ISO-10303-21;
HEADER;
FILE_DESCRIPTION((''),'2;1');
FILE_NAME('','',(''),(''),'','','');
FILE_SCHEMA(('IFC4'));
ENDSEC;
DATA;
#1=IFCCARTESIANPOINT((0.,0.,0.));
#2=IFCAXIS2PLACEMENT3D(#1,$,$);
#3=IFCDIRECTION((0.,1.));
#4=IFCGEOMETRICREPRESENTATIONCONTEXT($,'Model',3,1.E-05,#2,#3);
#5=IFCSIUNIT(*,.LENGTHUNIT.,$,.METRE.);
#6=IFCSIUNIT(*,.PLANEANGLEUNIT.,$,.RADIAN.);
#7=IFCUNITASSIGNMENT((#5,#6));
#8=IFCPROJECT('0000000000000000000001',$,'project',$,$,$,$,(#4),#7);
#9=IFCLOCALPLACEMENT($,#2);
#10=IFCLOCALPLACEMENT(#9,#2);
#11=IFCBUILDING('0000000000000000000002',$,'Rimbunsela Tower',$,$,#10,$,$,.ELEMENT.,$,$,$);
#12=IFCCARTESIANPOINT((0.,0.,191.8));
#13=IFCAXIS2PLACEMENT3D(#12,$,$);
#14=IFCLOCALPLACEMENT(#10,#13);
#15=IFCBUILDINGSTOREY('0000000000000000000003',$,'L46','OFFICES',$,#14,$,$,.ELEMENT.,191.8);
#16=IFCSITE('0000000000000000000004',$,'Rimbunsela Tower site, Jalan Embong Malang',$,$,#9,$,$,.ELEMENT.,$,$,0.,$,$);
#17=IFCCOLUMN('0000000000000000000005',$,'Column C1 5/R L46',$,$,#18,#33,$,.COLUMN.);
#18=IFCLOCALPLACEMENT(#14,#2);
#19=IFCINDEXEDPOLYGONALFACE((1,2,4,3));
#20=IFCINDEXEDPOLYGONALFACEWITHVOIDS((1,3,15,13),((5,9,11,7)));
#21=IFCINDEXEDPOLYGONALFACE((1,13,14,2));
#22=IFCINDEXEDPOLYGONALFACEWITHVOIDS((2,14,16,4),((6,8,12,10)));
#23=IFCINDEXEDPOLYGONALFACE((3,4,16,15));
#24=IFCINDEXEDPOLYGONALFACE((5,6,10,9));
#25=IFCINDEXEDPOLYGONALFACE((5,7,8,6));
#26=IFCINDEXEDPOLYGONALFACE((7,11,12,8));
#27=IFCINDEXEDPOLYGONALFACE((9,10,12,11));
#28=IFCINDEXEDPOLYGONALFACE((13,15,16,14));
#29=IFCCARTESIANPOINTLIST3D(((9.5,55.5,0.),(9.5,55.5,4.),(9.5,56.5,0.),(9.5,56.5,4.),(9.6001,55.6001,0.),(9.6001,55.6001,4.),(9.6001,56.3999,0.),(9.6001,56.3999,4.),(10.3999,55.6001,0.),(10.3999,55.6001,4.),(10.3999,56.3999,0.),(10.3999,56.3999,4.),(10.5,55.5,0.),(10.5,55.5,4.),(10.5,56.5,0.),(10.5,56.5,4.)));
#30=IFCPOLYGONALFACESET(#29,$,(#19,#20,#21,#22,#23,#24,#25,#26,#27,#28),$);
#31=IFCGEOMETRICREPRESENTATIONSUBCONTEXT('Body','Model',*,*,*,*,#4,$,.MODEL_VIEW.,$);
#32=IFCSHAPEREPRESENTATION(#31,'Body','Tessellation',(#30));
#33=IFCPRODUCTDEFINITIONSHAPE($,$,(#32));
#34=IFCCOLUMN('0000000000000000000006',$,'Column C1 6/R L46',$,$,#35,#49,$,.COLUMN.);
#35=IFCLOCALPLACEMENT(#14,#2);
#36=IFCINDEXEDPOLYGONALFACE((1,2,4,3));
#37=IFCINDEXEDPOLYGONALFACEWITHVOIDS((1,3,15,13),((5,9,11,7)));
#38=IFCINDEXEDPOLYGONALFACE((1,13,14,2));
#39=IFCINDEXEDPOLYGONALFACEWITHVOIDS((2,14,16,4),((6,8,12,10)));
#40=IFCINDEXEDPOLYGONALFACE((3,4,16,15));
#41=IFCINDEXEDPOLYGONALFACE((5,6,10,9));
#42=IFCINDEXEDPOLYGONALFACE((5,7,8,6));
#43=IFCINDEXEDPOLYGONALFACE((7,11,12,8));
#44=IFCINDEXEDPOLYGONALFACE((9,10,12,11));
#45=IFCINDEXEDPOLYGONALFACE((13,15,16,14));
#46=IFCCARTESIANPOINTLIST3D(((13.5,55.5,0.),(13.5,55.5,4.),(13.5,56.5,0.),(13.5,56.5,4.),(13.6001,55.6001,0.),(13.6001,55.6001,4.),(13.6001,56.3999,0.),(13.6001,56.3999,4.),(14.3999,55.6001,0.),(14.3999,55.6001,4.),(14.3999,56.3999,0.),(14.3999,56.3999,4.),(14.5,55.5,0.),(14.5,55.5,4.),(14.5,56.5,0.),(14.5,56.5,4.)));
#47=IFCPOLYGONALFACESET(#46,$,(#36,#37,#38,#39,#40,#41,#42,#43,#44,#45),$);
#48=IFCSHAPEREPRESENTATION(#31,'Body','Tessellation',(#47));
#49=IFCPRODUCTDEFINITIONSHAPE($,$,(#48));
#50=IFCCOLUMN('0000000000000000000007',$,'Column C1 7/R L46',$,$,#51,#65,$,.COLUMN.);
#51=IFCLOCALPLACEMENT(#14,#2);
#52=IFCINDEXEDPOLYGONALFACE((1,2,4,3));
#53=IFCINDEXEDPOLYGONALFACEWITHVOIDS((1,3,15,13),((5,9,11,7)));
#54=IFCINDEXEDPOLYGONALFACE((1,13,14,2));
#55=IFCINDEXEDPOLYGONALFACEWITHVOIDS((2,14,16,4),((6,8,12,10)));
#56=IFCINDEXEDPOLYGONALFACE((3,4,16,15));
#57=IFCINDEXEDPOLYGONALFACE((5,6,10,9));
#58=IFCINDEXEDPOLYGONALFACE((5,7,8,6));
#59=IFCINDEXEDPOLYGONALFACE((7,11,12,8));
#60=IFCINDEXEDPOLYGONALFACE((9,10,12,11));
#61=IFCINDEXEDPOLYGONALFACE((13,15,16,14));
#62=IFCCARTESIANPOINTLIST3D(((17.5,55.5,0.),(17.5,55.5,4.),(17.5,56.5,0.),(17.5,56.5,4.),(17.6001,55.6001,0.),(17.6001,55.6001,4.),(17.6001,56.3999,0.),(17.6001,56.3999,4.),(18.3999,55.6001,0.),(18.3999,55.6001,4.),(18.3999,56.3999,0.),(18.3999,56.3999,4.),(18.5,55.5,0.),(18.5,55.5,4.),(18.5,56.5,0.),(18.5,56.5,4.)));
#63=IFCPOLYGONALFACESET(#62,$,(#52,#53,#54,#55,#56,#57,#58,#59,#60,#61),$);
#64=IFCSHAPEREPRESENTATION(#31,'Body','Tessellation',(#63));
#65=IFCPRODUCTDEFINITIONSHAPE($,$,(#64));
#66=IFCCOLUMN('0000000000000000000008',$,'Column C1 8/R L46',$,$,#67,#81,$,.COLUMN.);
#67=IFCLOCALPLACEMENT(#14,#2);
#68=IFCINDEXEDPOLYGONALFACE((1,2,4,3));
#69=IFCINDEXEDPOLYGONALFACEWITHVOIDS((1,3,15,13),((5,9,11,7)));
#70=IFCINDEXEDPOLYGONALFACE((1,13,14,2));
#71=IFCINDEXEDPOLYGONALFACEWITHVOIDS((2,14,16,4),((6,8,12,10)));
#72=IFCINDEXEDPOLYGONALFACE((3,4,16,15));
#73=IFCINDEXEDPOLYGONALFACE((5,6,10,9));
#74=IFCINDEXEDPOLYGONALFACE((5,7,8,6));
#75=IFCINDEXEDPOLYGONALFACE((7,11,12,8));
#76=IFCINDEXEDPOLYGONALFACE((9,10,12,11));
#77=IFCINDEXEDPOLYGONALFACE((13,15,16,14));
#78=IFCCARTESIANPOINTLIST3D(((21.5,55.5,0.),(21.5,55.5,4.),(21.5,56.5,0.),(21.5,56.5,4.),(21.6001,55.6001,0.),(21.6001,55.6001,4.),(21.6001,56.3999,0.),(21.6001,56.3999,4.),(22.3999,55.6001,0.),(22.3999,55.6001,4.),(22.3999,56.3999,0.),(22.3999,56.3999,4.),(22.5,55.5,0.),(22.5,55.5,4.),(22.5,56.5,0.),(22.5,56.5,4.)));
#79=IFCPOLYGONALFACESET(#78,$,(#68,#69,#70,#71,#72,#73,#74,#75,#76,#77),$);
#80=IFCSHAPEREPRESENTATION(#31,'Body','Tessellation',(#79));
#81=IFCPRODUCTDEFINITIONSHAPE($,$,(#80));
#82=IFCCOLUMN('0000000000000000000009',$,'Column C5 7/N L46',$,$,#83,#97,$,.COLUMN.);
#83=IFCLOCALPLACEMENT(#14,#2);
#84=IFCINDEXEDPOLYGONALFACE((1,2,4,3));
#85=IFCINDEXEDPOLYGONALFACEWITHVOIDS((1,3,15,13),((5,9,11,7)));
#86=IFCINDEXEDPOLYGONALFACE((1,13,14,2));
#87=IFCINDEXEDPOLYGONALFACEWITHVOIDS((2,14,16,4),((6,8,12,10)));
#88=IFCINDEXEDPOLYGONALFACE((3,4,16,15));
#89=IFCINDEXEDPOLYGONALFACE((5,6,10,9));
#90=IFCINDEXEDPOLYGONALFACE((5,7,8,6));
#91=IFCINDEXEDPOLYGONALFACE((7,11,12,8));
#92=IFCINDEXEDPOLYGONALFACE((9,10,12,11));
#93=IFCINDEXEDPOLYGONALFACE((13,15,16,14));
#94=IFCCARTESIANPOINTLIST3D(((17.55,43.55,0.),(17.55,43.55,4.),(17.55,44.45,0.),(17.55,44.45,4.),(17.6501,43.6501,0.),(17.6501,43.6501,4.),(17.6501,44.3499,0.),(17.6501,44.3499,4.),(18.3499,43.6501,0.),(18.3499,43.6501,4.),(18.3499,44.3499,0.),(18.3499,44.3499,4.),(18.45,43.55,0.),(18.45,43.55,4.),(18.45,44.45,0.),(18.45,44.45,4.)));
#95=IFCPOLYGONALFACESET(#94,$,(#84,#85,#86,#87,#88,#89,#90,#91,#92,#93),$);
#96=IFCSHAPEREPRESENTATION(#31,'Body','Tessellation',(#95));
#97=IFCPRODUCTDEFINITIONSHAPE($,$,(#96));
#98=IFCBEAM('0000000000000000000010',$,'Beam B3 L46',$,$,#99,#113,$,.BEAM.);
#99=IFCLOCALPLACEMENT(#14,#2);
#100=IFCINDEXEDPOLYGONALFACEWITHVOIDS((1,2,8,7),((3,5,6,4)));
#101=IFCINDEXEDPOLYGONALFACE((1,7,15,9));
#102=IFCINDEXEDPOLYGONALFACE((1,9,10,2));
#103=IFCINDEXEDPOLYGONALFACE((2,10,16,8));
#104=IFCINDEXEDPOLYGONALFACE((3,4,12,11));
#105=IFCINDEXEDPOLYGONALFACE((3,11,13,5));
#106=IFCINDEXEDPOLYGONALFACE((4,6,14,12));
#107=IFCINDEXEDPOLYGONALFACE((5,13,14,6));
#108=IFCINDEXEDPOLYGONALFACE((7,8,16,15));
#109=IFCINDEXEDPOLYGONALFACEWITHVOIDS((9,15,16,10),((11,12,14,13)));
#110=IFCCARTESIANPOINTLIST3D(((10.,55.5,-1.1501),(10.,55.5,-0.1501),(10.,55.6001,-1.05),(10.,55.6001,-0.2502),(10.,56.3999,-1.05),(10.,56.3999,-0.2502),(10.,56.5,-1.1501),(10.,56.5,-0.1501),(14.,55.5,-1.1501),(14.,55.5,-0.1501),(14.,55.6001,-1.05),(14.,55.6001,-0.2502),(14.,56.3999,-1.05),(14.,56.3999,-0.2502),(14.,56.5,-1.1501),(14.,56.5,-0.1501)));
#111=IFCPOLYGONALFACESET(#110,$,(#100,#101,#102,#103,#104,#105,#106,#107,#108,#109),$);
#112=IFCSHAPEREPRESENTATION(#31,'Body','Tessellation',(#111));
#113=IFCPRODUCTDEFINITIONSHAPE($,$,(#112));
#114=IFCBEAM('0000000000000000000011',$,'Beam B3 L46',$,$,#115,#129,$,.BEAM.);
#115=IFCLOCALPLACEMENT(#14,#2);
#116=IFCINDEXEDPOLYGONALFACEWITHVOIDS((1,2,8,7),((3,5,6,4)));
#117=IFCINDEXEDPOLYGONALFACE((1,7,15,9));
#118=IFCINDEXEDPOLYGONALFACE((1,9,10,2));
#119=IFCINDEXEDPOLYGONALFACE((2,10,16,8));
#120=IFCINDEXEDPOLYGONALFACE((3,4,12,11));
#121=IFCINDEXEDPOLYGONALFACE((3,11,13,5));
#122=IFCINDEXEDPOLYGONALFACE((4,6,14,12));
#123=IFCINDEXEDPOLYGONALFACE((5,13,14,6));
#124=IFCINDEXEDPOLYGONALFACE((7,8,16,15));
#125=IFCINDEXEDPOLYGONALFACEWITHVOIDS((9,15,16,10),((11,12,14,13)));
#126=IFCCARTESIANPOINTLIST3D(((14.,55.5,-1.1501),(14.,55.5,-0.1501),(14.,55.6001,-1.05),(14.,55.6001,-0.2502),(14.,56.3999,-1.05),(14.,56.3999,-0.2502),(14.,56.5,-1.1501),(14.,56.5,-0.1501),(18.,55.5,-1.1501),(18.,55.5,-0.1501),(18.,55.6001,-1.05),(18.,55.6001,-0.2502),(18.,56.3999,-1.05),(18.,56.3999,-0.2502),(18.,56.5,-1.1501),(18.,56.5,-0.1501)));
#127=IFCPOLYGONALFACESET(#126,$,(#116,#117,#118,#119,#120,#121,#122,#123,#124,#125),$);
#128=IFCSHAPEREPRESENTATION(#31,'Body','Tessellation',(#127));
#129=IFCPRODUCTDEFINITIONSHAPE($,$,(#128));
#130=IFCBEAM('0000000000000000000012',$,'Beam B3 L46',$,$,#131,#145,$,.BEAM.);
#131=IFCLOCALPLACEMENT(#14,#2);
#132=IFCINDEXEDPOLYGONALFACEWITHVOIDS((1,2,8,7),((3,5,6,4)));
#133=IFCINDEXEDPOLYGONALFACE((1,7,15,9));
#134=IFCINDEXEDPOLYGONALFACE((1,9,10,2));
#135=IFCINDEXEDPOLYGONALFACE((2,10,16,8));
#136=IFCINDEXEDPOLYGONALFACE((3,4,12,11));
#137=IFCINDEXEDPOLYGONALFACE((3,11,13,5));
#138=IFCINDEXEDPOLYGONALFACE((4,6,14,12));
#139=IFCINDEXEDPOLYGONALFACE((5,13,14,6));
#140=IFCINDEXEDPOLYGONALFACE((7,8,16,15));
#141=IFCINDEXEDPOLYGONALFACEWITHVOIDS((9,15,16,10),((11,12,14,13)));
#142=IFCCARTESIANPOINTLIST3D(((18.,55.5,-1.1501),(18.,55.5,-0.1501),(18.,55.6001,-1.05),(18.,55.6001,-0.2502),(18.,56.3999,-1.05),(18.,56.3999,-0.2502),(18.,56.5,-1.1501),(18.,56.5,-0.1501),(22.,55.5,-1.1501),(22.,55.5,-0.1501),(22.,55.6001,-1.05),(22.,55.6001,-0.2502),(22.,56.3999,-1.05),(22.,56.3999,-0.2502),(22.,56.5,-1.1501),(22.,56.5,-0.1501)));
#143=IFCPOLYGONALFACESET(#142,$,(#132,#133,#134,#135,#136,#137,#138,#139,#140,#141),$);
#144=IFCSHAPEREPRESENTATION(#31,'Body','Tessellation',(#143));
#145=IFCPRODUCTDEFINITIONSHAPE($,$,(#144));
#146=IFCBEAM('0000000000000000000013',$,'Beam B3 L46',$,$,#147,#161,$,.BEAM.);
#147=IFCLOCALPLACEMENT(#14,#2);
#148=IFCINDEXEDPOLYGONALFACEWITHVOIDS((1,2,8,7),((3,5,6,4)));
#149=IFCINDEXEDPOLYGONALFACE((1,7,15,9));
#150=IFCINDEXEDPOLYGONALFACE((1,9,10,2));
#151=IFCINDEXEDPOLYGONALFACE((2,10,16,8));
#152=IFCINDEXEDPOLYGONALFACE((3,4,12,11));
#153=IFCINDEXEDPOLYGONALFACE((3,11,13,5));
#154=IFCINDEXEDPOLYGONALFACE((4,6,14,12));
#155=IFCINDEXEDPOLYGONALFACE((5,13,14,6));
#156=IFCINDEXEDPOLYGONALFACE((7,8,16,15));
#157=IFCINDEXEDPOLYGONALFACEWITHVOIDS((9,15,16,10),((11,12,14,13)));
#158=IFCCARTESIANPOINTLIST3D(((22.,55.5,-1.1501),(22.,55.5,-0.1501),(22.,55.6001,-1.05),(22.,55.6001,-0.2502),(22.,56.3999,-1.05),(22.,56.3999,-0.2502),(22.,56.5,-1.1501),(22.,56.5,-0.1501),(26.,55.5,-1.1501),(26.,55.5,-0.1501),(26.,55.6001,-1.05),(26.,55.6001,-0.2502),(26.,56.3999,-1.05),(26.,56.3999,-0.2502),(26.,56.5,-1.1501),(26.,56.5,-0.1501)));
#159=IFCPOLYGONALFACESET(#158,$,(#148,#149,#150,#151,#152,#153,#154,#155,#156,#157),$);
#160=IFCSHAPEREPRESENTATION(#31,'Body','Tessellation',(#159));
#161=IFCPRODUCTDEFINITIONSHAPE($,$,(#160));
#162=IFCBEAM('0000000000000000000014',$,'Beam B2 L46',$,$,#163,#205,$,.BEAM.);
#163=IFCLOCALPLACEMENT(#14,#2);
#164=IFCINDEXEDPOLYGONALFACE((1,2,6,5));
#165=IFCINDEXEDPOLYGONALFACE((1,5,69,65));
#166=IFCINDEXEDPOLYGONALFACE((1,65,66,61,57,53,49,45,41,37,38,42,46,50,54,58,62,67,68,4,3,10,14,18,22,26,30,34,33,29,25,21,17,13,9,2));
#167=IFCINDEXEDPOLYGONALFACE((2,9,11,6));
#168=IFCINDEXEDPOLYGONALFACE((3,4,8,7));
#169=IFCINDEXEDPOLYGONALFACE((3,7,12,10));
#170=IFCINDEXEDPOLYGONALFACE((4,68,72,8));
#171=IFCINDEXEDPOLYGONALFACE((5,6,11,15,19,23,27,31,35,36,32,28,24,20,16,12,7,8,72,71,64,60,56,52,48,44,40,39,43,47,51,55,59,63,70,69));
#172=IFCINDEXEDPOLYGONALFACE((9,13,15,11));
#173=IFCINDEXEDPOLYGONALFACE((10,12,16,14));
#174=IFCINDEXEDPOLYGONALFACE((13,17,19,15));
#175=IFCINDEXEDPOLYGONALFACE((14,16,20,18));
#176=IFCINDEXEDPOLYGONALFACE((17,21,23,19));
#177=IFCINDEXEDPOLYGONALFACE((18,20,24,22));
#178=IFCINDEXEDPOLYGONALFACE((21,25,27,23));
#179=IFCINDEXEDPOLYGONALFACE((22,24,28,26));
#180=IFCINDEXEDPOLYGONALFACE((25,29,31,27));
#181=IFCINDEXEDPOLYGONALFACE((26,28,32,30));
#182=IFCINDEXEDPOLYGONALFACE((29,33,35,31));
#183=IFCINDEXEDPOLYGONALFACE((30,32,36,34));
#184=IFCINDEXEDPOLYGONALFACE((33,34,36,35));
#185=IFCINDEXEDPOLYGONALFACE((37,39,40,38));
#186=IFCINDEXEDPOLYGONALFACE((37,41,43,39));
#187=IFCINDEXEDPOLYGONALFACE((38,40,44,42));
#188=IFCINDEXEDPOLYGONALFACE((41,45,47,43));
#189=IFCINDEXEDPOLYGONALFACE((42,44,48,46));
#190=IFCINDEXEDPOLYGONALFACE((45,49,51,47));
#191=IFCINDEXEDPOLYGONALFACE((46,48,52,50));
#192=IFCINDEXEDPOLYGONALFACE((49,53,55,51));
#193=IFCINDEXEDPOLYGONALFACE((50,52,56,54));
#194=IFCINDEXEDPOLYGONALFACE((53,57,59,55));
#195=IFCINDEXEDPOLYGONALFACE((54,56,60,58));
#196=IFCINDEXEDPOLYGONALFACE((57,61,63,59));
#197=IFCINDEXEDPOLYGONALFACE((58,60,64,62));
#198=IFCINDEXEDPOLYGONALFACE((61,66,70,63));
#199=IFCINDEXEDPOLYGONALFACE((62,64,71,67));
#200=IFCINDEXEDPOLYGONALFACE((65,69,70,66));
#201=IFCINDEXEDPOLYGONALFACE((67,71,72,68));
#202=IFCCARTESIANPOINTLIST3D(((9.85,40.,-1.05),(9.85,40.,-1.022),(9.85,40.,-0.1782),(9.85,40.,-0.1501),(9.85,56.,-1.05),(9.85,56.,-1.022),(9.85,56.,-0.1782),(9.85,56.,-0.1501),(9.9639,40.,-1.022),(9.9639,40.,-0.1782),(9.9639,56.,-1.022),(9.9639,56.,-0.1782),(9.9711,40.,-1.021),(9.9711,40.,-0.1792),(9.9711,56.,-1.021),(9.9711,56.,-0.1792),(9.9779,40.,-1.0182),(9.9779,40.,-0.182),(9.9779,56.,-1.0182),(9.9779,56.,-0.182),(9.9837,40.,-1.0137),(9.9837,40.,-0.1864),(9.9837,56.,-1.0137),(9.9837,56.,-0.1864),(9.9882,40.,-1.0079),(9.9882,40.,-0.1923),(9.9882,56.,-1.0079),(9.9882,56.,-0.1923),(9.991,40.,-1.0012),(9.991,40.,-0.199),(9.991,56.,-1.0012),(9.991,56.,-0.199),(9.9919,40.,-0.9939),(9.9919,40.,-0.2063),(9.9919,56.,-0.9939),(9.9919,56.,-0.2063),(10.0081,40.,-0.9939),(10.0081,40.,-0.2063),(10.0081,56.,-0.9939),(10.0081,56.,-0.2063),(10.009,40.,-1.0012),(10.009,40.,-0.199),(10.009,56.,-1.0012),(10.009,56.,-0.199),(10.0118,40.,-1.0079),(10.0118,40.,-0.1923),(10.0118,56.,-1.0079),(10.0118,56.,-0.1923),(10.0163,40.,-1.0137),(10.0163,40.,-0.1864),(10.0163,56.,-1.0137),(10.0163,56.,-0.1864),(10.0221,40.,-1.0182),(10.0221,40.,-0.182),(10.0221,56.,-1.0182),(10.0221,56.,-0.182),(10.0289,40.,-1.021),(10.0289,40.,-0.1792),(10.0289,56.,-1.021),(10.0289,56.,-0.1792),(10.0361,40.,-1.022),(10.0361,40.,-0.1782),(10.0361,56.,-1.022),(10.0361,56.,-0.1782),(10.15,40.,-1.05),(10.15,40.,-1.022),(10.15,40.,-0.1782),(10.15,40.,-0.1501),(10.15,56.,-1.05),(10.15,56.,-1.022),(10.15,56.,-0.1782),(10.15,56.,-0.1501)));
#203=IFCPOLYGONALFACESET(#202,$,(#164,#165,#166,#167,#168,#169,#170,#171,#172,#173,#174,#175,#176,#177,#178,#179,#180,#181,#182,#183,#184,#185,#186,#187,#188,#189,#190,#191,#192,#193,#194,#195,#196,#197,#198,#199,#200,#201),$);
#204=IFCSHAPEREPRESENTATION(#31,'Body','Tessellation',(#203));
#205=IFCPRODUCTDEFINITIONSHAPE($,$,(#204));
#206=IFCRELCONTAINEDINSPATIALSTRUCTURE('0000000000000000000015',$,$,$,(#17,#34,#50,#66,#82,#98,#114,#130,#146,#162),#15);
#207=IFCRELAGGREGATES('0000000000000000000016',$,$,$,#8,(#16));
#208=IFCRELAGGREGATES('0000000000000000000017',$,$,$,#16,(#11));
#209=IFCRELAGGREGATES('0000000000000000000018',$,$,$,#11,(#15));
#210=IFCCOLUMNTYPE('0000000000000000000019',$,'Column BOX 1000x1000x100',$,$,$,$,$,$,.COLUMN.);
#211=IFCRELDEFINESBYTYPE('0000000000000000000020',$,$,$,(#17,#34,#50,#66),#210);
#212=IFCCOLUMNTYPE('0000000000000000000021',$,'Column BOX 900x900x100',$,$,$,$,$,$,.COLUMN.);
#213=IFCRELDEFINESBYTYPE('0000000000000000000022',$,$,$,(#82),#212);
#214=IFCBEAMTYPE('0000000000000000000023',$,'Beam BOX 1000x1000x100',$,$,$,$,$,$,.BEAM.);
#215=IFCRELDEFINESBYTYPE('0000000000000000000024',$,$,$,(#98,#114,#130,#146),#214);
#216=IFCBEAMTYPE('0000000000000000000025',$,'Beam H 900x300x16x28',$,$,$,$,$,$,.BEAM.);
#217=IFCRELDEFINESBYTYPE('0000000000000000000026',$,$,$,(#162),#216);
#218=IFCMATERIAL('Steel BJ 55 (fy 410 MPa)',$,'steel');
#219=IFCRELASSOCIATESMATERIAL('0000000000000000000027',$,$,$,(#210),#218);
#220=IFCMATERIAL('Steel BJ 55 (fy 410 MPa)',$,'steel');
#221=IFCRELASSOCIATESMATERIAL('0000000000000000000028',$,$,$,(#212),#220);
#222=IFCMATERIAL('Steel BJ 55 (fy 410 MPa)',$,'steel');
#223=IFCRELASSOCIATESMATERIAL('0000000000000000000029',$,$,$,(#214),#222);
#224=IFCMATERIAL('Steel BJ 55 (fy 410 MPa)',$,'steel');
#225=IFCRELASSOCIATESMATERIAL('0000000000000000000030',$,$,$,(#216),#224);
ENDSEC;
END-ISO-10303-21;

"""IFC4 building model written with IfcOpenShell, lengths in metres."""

from ifc_helpers import new_model, si_unit, direction, frame, origin, origin_2d, place, context, subcontext, project, spatial, hollow_rectangle, i_section, extrude, material, material_profile, profile_set, type_object, element, save


model = new_model("IFC4")

# Units and contexts
model_context = context("Model", 3, precision=1e-05, world=origin(), true_north=direction((0.0, 1.0)))
body_context = subcontext(model_context, "Body", "Model", "MODEL_VIEW")
ifc_project = project(units=[si_unit("LENGTHUNIT", "METRE"), si_unit("PLANEANGLEUNIT", "RADIAN")], contexts=[model_context])

# Site, building, storey
site_placement = place(None, origin())
site = spatial("IfcSite", under=ifc_project, at=site_placement, Name="Rimbunsela Tower site, Jalan Embong Malang", CompositionType="ELEMENT", RefElevation=0.0)
building_placement = place(site_placement, origin())
building = spatial("IfcBuilding", under=site, at=building_placement, Name="Rimbunsela Tower", CompositionType="ELEMENT")
storey_placement = place(building_placement, frame((0.0, 0.0, 191.8)))
storey = spatial("IfcBuildingStorey", under=building, at=storey_placement, Name="L46", Description="OFFICES", CompositionType="ELEMENT", Elevation=191.8)

# Columns
ifc_material_1 = material(Name="Steel BJ 55 (fy 410 MPa)", Category="steel")
ifc_material_profile_1 = material_profile(ifc_material_1, hollow_rectangle(XDim=1.0, YDim=1.0, WallThickness=0.1001, at=origin_2d()), Name="BOX 1000x1000x100")
ifc_profile_set_1 = profile_set([ifc_material_profile_1], Name="Steel BJ 55 (fy 410 MPa)")
column_type_1 = type_object("IfcColumnType", Name="Column BOX 1000x1000x100", PredefinedType="COLUMN", material=ifc_profile_set_1)
for number, where, z_axis, x_axis, name in (
    (1, (10.0, 56.0, 0.0), (0.0, 0.0, 1.0), (1.0, 0.0, 0.0), "Column C1 5/R L46"),
    (2, (14.0, 56.0, 0.0), (0.0, 0.0, 1.0), (1.0, 0.0, 0.0), "Column C1 6/R L46"),
    (3, (18.0, 56.0, 0.0), (0.0, 0.0, 1.0), (1.0, 0.0, 0.0), "Column C1 7/R L46"),
    (4, (22.0, 56.0, 0.0), (0.0, 0.0, 1.0), (1.0, 0.0, 0.0), "Column C1 8/R L46"),
):
    element("IfcColumn", number, at=place(storey_placement, frame(where, z_axis=z_axis, x_axis=x_axis)), inside=storey, type_object=column_type_1, Name=name, PredefinedType="COLUMN", context=body_context, shape_type="SweptSolid", body=[
        extrude(hollow_rectangle(XDim=1.0, YDim=1.0, WallThickness=0.1001, at=origin_2d()), origin(), (0.0, 0.0, 1.0), 4.0),
    ])
ifc_material_2 = material(Name="Steel BJ 55 (fy 410 MPa)", Category="steel")
ifc_material_profile_2 = material_profile(ifc_material_2, hollow_rectangle(XDim=0.8999, YDim=0.8999, WallThickness=0.1001, at=origin_2d()), Name="BOX 900x900x100")
ifc_profile_set_2 = profile_set([ifc_material_profile_2], Name="Steel BJ 55 (fy 410 MPa)")
column_type_2 = type_object("IfcColumnType", Name="Column BOX 900x900x100", PredefinedType="COLUMN", material=ifc_profile_set_2)
column_placement = place(storey_placement, frame((18.0, 44.0, 0.0), z_axis=(0.0, 0.0, 1.0), x_axis=(1.0, 0.0, 0.0)))
element("IfcColumn", 5, at=column_placement, inside=storey, type_object=column_type_2, Name="Column C5 7/N L46", PredefinedType="COLUMN", context=body_context, shape_type="SweptSolid", body=[
    extrude(hollow_rectangle(XDim=0.8999, YDim=0.8999, WallThickness=0.1001, at=origin_2d()), origin(), (0.0, 0.0, 1.0), 4.0),
])

# Beams
ifc_material_3 = material(Name="Steel BJ 55 (fy 410 MPa)", Category="steel")
ifc_material_profile_3 = material_profile(ifc_material_3, hollow_rectangle(XDim=1.0, YDim=1.0, WallThickness=0.1001, at=origin_2d()), Name="BOX 1000x1000x100")
ifc_profile_set_3 = profile_set([ifc_material_profile_3], Name="Steel BJ 55 (fy 410 MPa)")
beam_type_1 = type_object("IfcBeamType", Name="Beam BOX 1000x1000x100", PredefinedType="BEAM", material=ifc_profile_set_3)
for number, where, z_axis, x_axis, name in (
    (6, (10.0, 56.0, -0.6501), (1.0, 0.0, 0.0), (0.0, 1.0, 0.0), "Beam B3 L46"),
    (7, (14.0, 56.0, -0.6501), (1.0, 0.0, 0.0), (0.0, 1.0, 0.0), "Beam B3 L46"),
    (8, (18.0, 56.0, -0.6501), (1.0, 0.0, 0.0), (0.0, 1.0, 0.0), "Beam B3 L46"),
    (9, (22.0, 56.0, -0.6501), (1.0, 0.0, 0.0), (0.0, 1.0, 0.0), "Beam B3 L46"),
):
    element("IfcBeam", number, at=place(storey_placement, frame(where, z_axis=z_axis, x_axis=x_axis)), inside=storey, type_object=beam_type_1, Name=name, PredefinedType="BEAM", context=body_context, shape_type="SweptSolid", body=[
        extrude(hollow_rectangle(XDim=1.0, YDim=1.0, WallThickness=0.1001, at=origin_2d()), origin(), (0.0, 0.0, 1.0), 4.0),
    ])
ifc_material_4 = material(Name="Steel BJ 55 (fy 410 MPa)", Category="steel")
ifc_material_profile_4 = material_profile(ifc_material_4, i_section(OverallWidth=0.3, OverallDepth=0.8999, WebThickness=0.0161, FlangeThickness=0.0281, FilletRadius=0.0281, at=origin_2d()), Name="H 900x300x16x28")
ifc_profile_set_4 = profile_set([ifc_material_profile_4], Name="Steel BJ 55 (fy 410 MPa)")
beam_type_2 = type_object("IfcBeamType", Name="Beam H 900x300x16x28", PredefinedType="BEAM", material=ifc_profile_set_4)
beam_1_placement = place(storey_placement, frame((10.0, 40.0, -0.6001), z_axis=(0.0, 1.0, 0.0), x_axis=(-1.0, 0.0, 0.0)))
element("IfcBeam", 10, at=beam_1_placement, inside=storey, type_object=beam_type_2, Name="Beam B2 L46", PredefinedType="BEAM", context=body_context, shape_type="SweptSolid", body=[
    extrude(i_section(OverallWidth=0.3, OverallDepth=0.8999, WebThickness=0.0161, FlangeThickness=0.0281, FilletRadius=0.0281, at=origin_2d()), origin(), (0.0, 0.0, 1.0), 16.0),
])

save(model, "model.ifc")
